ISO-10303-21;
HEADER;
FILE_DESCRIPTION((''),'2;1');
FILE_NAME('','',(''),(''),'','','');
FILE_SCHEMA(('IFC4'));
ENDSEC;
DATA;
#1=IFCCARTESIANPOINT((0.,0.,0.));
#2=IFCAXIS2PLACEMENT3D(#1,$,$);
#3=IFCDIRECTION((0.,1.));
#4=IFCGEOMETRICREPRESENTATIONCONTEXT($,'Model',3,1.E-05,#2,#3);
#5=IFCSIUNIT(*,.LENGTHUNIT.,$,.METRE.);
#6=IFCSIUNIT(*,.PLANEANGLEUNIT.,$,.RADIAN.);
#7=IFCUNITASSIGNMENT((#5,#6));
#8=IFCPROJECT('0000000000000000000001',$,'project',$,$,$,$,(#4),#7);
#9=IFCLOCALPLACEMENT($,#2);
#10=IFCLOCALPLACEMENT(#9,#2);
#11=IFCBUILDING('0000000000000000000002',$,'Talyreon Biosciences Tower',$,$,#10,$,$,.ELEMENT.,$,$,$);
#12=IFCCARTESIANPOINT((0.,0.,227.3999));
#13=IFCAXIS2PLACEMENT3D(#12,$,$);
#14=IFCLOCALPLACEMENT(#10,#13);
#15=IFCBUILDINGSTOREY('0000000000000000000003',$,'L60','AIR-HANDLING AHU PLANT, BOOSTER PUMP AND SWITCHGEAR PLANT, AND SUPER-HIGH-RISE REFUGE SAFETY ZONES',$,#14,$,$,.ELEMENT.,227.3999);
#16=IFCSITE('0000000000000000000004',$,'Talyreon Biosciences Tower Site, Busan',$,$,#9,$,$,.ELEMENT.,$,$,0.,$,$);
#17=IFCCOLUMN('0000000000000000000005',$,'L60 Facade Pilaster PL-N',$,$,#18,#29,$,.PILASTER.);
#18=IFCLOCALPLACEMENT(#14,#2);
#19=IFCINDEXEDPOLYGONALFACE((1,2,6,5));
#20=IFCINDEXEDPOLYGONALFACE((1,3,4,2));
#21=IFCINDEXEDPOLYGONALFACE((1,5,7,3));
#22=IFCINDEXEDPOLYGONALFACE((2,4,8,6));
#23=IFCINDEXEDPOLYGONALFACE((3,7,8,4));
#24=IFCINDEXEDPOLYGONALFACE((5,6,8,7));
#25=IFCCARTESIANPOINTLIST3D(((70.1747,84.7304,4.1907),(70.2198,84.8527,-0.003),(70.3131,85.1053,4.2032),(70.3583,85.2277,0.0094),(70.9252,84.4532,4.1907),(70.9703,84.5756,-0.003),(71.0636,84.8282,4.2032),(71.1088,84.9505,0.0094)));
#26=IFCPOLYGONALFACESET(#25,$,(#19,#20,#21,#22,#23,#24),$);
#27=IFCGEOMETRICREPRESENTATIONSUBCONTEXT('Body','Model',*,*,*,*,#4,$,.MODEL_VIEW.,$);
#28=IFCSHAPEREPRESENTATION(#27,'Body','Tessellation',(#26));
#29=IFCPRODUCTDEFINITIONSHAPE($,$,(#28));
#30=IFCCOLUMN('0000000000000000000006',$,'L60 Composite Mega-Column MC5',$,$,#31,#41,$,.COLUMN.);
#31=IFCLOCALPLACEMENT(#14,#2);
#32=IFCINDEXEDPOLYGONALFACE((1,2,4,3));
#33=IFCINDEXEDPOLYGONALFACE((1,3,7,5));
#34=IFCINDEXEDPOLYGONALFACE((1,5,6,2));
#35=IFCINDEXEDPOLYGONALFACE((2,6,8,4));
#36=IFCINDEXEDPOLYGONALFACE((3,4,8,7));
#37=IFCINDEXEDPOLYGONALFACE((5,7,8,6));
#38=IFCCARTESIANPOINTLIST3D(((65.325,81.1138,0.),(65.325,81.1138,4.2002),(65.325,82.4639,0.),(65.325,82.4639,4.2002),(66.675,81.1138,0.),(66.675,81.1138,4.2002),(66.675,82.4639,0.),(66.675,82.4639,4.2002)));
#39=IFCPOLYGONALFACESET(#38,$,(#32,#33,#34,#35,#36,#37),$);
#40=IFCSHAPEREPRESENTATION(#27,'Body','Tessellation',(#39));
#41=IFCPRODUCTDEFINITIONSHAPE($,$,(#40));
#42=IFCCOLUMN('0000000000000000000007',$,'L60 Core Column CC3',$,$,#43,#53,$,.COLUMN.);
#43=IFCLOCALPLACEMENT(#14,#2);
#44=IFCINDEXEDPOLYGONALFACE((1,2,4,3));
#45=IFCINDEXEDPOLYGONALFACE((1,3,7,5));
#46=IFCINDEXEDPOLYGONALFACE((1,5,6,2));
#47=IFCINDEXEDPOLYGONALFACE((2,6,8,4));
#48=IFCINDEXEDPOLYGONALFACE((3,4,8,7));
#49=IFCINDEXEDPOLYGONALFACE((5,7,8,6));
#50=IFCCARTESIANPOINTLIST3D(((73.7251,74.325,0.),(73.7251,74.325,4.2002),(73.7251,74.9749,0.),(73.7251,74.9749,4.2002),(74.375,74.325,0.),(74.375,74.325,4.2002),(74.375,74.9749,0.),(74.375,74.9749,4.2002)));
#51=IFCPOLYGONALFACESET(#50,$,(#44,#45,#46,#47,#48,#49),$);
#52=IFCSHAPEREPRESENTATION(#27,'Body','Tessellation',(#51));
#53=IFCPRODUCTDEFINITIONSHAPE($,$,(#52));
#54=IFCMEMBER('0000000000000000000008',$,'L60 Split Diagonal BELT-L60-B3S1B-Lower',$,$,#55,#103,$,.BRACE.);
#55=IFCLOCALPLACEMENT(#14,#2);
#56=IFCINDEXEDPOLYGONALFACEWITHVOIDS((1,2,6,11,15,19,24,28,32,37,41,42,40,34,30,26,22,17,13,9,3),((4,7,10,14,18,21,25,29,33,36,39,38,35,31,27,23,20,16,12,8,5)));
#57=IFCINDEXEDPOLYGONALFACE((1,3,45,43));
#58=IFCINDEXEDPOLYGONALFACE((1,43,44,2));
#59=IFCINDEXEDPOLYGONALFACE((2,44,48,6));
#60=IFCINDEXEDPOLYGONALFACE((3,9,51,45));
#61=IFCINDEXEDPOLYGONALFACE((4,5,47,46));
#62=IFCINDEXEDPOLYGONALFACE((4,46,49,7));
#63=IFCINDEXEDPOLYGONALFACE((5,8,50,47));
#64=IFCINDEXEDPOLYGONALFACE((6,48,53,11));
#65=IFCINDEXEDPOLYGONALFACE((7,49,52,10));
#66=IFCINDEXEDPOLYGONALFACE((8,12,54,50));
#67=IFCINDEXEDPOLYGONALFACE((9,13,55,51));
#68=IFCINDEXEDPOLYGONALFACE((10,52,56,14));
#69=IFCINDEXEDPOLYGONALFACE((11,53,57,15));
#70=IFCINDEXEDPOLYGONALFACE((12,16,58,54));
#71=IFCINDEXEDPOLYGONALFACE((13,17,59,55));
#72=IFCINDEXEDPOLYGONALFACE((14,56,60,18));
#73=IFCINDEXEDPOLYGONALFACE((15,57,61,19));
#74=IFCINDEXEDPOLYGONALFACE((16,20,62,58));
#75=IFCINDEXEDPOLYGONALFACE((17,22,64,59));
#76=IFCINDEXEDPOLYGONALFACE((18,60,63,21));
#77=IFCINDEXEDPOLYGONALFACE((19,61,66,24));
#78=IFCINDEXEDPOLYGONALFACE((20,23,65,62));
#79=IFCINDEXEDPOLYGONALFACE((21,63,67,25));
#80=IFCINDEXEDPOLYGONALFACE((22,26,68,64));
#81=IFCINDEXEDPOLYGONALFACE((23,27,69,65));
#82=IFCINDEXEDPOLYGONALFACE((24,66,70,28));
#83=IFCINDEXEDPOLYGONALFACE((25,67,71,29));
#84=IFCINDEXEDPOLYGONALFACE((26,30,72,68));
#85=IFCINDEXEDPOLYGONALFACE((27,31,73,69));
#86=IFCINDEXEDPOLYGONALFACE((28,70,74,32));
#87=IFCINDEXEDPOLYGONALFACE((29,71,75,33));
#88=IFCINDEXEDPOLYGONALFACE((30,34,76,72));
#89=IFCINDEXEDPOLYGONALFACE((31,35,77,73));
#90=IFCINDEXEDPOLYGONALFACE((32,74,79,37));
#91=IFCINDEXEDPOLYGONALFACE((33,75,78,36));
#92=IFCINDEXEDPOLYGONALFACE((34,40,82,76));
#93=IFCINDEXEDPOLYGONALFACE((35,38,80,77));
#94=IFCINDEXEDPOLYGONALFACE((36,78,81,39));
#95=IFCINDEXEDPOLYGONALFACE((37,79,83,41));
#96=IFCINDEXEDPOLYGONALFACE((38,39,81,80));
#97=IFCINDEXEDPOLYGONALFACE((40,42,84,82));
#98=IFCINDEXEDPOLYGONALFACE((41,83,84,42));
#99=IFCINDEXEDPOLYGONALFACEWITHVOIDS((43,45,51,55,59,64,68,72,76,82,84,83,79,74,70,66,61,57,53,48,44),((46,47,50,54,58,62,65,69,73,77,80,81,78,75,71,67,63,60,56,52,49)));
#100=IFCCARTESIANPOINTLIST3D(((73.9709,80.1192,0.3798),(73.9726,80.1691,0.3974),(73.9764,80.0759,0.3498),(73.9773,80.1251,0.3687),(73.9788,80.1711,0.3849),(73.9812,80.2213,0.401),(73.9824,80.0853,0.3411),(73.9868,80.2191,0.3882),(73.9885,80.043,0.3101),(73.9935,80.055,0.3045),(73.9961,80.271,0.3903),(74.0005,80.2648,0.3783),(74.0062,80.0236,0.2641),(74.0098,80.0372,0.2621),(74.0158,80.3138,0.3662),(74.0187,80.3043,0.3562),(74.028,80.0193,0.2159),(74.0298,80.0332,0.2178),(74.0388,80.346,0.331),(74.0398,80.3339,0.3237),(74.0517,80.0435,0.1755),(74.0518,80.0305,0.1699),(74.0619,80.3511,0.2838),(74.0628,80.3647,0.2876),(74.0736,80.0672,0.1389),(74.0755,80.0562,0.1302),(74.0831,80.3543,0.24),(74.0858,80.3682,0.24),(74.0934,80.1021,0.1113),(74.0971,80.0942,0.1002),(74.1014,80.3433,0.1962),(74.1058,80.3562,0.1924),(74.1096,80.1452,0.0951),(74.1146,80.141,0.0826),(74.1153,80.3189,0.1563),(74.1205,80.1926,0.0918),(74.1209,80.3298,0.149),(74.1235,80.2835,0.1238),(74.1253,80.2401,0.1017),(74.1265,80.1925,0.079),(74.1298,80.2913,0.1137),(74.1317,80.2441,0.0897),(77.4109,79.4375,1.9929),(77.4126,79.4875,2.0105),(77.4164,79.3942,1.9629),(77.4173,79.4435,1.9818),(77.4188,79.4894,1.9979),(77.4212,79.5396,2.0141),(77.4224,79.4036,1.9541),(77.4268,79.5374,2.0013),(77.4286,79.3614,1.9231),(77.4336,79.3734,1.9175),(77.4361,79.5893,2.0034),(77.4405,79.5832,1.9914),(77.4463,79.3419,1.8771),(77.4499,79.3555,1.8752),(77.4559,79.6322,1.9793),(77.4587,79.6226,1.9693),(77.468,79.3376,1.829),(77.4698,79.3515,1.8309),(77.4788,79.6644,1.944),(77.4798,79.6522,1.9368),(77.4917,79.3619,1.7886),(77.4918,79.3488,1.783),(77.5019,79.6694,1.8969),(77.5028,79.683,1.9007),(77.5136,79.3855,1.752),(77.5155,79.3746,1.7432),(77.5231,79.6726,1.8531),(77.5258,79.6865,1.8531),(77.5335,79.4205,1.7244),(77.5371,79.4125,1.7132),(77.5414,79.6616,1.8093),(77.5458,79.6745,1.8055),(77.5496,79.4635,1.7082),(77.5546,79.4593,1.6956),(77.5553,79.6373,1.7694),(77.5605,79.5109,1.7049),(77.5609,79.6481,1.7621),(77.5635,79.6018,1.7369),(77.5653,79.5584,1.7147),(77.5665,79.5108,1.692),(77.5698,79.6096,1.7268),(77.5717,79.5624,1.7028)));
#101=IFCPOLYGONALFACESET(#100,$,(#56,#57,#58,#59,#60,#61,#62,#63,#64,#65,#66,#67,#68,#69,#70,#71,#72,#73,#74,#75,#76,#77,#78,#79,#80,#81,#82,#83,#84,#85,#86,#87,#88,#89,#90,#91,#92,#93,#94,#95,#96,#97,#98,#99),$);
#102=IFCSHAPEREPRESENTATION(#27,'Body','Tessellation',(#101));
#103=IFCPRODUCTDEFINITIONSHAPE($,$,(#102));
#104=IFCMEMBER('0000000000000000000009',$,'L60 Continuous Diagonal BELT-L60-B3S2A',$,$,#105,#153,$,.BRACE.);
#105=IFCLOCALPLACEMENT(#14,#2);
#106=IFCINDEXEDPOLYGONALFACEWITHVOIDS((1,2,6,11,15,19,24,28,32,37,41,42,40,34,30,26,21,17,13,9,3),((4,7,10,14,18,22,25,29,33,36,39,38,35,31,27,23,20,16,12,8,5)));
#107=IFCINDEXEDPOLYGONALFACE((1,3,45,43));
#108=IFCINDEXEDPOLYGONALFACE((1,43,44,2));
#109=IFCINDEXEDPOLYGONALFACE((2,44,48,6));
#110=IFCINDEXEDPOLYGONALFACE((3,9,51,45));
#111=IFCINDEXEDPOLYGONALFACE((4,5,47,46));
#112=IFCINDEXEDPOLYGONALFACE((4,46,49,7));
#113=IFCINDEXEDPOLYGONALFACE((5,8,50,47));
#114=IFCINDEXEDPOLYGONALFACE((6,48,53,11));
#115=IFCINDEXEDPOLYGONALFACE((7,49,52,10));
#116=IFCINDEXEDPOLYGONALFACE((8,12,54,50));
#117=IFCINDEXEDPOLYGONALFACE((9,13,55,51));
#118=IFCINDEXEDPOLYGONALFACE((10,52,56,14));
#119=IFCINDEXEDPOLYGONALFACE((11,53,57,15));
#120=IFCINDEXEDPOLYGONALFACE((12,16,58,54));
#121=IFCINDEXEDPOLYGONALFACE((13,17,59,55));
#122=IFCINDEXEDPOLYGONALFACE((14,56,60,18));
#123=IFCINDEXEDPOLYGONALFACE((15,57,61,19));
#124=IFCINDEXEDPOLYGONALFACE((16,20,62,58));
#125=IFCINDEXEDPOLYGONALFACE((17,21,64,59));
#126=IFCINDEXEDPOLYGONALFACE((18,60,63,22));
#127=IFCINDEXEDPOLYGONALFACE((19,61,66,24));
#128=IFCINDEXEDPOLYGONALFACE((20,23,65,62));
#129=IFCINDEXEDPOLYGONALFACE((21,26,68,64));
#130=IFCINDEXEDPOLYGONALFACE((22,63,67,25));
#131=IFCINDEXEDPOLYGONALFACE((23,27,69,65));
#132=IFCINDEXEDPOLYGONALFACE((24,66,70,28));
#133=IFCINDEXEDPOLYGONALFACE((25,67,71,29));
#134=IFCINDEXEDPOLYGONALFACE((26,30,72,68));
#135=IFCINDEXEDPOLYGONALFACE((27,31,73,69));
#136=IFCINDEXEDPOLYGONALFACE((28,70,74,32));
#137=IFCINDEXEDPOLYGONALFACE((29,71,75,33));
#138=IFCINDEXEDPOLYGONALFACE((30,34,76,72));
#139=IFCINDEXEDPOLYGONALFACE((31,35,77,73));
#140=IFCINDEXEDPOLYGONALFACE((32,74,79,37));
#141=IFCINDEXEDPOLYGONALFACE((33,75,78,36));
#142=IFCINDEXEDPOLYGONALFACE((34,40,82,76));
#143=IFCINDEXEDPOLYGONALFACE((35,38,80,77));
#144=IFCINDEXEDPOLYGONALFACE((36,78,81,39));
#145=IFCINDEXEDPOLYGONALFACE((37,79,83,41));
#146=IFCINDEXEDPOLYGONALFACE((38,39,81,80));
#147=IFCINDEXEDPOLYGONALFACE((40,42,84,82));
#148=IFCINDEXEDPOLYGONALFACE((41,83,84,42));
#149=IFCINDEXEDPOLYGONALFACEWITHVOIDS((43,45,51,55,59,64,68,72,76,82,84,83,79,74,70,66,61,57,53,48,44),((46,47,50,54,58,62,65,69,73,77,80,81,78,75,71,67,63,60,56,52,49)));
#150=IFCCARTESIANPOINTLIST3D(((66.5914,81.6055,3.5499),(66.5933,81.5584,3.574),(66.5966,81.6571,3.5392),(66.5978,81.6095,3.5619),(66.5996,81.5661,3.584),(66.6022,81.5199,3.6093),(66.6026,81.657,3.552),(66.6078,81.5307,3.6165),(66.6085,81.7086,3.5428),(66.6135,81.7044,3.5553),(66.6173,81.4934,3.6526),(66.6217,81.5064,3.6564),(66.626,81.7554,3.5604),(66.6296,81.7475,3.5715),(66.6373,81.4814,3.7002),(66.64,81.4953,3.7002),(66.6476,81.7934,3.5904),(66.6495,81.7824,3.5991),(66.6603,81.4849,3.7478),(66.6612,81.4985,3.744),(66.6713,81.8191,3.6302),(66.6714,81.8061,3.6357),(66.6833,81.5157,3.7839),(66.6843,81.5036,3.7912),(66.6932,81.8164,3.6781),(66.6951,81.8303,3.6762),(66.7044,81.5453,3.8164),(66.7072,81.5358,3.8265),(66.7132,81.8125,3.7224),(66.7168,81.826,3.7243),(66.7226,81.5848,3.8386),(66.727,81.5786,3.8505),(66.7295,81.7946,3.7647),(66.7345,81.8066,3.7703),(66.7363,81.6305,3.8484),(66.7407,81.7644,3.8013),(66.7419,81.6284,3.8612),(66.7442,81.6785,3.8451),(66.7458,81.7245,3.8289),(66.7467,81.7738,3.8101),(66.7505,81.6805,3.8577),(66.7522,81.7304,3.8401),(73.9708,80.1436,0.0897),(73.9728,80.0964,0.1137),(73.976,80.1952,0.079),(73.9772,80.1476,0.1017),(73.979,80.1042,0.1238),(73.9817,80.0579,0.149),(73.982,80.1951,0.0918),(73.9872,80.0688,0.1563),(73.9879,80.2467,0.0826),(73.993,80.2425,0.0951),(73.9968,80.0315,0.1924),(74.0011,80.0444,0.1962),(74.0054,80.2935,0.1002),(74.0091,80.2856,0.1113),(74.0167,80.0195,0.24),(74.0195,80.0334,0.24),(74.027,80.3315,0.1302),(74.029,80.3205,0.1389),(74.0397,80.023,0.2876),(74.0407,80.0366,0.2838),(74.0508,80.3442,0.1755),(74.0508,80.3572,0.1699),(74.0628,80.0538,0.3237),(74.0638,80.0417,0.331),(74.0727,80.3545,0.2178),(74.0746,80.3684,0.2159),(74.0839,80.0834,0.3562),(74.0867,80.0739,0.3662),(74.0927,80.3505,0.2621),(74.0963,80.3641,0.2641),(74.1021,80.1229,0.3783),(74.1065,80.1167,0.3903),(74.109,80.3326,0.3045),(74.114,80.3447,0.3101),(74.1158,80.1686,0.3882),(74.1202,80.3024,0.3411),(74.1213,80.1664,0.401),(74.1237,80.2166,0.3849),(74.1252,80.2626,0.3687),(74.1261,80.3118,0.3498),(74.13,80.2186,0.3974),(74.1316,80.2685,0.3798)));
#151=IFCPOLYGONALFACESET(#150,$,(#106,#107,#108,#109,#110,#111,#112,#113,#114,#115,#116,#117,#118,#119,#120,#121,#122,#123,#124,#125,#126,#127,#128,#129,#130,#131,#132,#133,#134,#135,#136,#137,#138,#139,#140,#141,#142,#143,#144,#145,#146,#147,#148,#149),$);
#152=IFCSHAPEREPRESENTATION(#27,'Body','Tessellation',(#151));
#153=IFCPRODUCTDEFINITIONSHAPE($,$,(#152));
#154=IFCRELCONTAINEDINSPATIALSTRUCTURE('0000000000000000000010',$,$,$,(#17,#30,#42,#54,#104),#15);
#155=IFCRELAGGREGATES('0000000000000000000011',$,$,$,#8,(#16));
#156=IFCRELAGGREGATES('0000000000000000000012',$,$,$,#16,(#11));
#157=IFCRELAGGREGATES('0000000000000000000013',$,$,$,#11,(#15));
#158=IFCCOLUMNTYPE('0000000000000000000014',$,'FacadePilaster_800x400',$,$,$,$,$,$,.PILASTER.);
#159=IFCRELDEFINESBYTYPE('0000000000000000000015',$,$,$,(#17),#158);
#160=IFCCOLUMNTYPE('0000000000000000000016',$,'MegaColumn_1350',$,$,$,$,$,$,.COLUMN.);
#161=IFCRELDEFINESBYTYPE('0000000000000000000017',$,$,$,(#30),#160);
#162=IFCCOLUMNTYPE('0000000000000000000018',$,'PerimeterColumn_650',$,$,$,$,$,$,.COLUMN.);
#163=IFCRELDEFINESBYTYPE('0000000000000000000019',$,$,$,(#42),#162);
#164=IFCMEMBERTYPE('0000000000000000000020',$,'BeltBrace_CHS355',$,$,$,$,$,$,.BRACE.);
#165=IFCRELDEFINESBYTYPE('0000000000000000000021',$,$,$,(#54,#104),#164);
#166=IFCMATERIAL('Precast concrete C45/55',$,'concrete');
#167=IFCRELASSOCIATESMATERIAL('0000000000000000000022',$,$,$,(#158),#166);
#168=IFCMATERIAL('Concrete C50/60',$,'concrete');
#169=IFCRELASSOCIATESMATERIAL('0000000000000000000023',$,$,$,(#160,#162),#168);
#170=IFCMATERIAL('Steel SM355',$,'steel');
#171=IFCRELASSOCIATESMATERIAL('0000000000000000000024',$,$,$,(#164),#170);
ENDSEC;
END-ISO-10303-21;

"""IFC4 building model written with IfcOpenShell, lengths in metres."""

from ifc_helpers import new_model, si_unit, direction, frame, origin, origin_2d, place, context, subcontext, project, spatial, rectangle, hollow_circle, extrude, material, material_profile, profile_set, type_object, element, save


model = new_model("IFC4")

# Units and contexts
model_context = context("Model", 3, precision=1e-05, world=origin(), true_north=direction((0.0, 1.0)))
body_context = subcontext(model_context, "Body", "Model", "MODEL_VIEW")
ifc_project = project(units=[si_unit("LENGTHUNIT", "METRE"), si_unit("PLANEANGLEUNIT", "RADIAN")], contexts=[model_context])

# Site, building, storey
site_placement = place(None, origin())
site = spatial("IfcSite", under=ifc_project, at=site_placement, Name="Talyreon Biosciences Tower Site, Busan", CompositionType="ELEMENT", RefElevation=0.0)
building_placement = place(site_placement, origin())
building = spatial("IfcBuilding", under=site, at=building_placement, Name="Talyreon Biosciences Tower", CompositionType="ELEMENT")
storey_placement = place(building_placement, frame((0.0, 0.0, 227.3999)))
storey = spatial("IfcBuildingStorey", under=building, at=storey_placement, Name="L60", Description="AIR-HANDLING AHU PLANT, BOOSTER PUMP AND SWITCHGEAR PLANT, AND SUPER-HIGH-RISE REFUGE SAFETY ZONES", CompositionType="ELEMENT", Elevation=227.3999)

# Columns
ifc_material_1 = material(Name="Precast concrete C45/55", Category="concrete")
ifc_material_profile_1 = material_profile(ifc_material_1, rectangle(XDim=0.8, YDim=0.3999, at=origin_2d()), Name="RC 800x400")
ifc_profile_set_1 = profile_set([ifc_material_profile_1], Name="Precast concrete C45/55")
column_type_1 = type_object("IfcColumnType", Name="FacadePilaster_800x400", PredefinedType="PILASTER", material=ifc_profile_set_1)
column_1_placement = place(storey_placement, frame((70.6643, 84.9016, 0.0032), z_axis=(-0.010764, -0.029151, 0.999517), x_axis=(-0.938087, 0.346399, 0.0)))
element("IfcColumn", 1, at=column_1_placement, inside=storey, type_object=column_type_1, Name="L60 Facade Pilaster PL-N", PredefinedType="PILASTER", context=body_context, shape_type="SweptSolid", body=[
    extrude(rectangle(XDim=0.8, YDim=0.3999, at=origin_2d()), origin(), (0.0, 0.0, 1.0), 4.1958),
])
ifc_material_2 = material(Name="Concrete C50/60", Category="concrete")
ifc_material_profile_2 = material_profile(ifc_material_2, rectangle(XDim=1.3501, YDim=1.3501, at=origin_2d()), Name="RC 1350x1350")
ifc_profile_set_2 = profile_set([ifc_material_profile_2], Name="Concrete C50/60")
column_type_2 = type_object("IfcColumnType", Name="MegaColumn_1350", PredefinedType="COLUMN", material=ifc_profile_set_2)
column_2_placement = place(storey_placement, frame((66.0, 81.7888, 0.0), z_axis=(0.0, 0.0, 1.0), x_axis=(1.0, 0.0, 0.0)))
element("IfcColumn", 2, at=column_2_placement, inside=storey, type_object=column_type_2, Name="L60 Composite Mega-Column MC5", PredefinedType="COLUMN", context=body_context, shape_type="SweptSolid", body=[
    extrude(rectangle(XDim=1.3501, YDim=1.3501, at=origin_2d()), origin(), (0.0, 0.0, 1.0), 4.2002),
])
ifc_material_profile_3 = material_profile(ifc_material_2, rectangle(XDim=0.6499, YDim=0.6499, at=origin_2d()), Name="RC 650x650")
ifc_profile_set_3 = profile_set([ifc_material_profile_3], Name="Concrete C50/60")
column_type_3 = type_object("IfcColumnType", Name="PerimeterColumn_650", PredefinedType="COLUMN", material=ifc_profile_set_3)
column_3_placement = place(storey_placement, frame((74.05, 74.6499, 0.0), z_axis=(0.0, 0.0, 1.0), x_axis=(1.0, 0.0, 0.0)))
element("IfcColumn", 3, at=column_3_placement, inside=storey, type_object=column_type_3, Name="L60 Core Column CC3", PredefinedType="COLUMN", context=body_context, shape_type="SweptSolid", body=[
    extrude(rectangle(XDim=0.6499, YDim=0.6499, at=origin_2d()), origin(), (0.0, 0.0, 1.0), 4.2002),
])

# Members
ifc_material_3 = material(Name="Steel SM355", Category="steel")
ifc_material_profile_4 = material_profile(ifc_material_3, hollow_circle(Radius=0.1777, WallThickness=0.0142, at=origin_2d()), Name="CHS 355.6x14.2")
ifc_profile_set_4 = profile_set([ifc_material_profile_4], Name="Steel SM355")
member_type_1 = type_object("IfcMemberType", Name="BeltBrace_CHS355", PredefinedType="BRACE", material=ifc_profile_set_4)
member_1_placement = place(storey_placement, frame((74.0513, 80.1938, 0.24), z_axis=(0.891173, -0.17659, 0.417884), x_axis=(0.194375, 0.980927, 0.0)))
element("IfcMember", 4, at=member_1_placement, inside=storey, type_object=member_type_1, Name="L60 Split Diagonal BELT-L60-B3S1B-Lower", PredefinedType="BRACE", context=body_context, shape_type="SweptSolid", body=[
    extrude(hollow_circle(Radius=0.1777, WallThickness=0.0142, at=origin_2d()), origin(), (0.0, 0.0, 1.0), 3.8601),
])
member_2_placement = place(storey_placement, frame((74.0513, 80.1938, 0.24), z_axis=(-0.891184, 0.17655, 0.417877), x_axis=(-0.194331, -0.980936, 0.0)))
element("IfcMember", 5, at=member_2_placement, inside=storey, type_object=member_type_1, Name="L60 Continuous Diagonal BELT-L60-B3S2A", PredefinedType="BRACE", context=body_context, shape_type="SweptSolid", body=[
    extrude(hollow_circle(Radius=0.1777, WallThickness=0.0142, at=origin_2d()), origin(), (0.0, 0.0, 1.0), 8.2805),
])

save(model, "model.ifc")
